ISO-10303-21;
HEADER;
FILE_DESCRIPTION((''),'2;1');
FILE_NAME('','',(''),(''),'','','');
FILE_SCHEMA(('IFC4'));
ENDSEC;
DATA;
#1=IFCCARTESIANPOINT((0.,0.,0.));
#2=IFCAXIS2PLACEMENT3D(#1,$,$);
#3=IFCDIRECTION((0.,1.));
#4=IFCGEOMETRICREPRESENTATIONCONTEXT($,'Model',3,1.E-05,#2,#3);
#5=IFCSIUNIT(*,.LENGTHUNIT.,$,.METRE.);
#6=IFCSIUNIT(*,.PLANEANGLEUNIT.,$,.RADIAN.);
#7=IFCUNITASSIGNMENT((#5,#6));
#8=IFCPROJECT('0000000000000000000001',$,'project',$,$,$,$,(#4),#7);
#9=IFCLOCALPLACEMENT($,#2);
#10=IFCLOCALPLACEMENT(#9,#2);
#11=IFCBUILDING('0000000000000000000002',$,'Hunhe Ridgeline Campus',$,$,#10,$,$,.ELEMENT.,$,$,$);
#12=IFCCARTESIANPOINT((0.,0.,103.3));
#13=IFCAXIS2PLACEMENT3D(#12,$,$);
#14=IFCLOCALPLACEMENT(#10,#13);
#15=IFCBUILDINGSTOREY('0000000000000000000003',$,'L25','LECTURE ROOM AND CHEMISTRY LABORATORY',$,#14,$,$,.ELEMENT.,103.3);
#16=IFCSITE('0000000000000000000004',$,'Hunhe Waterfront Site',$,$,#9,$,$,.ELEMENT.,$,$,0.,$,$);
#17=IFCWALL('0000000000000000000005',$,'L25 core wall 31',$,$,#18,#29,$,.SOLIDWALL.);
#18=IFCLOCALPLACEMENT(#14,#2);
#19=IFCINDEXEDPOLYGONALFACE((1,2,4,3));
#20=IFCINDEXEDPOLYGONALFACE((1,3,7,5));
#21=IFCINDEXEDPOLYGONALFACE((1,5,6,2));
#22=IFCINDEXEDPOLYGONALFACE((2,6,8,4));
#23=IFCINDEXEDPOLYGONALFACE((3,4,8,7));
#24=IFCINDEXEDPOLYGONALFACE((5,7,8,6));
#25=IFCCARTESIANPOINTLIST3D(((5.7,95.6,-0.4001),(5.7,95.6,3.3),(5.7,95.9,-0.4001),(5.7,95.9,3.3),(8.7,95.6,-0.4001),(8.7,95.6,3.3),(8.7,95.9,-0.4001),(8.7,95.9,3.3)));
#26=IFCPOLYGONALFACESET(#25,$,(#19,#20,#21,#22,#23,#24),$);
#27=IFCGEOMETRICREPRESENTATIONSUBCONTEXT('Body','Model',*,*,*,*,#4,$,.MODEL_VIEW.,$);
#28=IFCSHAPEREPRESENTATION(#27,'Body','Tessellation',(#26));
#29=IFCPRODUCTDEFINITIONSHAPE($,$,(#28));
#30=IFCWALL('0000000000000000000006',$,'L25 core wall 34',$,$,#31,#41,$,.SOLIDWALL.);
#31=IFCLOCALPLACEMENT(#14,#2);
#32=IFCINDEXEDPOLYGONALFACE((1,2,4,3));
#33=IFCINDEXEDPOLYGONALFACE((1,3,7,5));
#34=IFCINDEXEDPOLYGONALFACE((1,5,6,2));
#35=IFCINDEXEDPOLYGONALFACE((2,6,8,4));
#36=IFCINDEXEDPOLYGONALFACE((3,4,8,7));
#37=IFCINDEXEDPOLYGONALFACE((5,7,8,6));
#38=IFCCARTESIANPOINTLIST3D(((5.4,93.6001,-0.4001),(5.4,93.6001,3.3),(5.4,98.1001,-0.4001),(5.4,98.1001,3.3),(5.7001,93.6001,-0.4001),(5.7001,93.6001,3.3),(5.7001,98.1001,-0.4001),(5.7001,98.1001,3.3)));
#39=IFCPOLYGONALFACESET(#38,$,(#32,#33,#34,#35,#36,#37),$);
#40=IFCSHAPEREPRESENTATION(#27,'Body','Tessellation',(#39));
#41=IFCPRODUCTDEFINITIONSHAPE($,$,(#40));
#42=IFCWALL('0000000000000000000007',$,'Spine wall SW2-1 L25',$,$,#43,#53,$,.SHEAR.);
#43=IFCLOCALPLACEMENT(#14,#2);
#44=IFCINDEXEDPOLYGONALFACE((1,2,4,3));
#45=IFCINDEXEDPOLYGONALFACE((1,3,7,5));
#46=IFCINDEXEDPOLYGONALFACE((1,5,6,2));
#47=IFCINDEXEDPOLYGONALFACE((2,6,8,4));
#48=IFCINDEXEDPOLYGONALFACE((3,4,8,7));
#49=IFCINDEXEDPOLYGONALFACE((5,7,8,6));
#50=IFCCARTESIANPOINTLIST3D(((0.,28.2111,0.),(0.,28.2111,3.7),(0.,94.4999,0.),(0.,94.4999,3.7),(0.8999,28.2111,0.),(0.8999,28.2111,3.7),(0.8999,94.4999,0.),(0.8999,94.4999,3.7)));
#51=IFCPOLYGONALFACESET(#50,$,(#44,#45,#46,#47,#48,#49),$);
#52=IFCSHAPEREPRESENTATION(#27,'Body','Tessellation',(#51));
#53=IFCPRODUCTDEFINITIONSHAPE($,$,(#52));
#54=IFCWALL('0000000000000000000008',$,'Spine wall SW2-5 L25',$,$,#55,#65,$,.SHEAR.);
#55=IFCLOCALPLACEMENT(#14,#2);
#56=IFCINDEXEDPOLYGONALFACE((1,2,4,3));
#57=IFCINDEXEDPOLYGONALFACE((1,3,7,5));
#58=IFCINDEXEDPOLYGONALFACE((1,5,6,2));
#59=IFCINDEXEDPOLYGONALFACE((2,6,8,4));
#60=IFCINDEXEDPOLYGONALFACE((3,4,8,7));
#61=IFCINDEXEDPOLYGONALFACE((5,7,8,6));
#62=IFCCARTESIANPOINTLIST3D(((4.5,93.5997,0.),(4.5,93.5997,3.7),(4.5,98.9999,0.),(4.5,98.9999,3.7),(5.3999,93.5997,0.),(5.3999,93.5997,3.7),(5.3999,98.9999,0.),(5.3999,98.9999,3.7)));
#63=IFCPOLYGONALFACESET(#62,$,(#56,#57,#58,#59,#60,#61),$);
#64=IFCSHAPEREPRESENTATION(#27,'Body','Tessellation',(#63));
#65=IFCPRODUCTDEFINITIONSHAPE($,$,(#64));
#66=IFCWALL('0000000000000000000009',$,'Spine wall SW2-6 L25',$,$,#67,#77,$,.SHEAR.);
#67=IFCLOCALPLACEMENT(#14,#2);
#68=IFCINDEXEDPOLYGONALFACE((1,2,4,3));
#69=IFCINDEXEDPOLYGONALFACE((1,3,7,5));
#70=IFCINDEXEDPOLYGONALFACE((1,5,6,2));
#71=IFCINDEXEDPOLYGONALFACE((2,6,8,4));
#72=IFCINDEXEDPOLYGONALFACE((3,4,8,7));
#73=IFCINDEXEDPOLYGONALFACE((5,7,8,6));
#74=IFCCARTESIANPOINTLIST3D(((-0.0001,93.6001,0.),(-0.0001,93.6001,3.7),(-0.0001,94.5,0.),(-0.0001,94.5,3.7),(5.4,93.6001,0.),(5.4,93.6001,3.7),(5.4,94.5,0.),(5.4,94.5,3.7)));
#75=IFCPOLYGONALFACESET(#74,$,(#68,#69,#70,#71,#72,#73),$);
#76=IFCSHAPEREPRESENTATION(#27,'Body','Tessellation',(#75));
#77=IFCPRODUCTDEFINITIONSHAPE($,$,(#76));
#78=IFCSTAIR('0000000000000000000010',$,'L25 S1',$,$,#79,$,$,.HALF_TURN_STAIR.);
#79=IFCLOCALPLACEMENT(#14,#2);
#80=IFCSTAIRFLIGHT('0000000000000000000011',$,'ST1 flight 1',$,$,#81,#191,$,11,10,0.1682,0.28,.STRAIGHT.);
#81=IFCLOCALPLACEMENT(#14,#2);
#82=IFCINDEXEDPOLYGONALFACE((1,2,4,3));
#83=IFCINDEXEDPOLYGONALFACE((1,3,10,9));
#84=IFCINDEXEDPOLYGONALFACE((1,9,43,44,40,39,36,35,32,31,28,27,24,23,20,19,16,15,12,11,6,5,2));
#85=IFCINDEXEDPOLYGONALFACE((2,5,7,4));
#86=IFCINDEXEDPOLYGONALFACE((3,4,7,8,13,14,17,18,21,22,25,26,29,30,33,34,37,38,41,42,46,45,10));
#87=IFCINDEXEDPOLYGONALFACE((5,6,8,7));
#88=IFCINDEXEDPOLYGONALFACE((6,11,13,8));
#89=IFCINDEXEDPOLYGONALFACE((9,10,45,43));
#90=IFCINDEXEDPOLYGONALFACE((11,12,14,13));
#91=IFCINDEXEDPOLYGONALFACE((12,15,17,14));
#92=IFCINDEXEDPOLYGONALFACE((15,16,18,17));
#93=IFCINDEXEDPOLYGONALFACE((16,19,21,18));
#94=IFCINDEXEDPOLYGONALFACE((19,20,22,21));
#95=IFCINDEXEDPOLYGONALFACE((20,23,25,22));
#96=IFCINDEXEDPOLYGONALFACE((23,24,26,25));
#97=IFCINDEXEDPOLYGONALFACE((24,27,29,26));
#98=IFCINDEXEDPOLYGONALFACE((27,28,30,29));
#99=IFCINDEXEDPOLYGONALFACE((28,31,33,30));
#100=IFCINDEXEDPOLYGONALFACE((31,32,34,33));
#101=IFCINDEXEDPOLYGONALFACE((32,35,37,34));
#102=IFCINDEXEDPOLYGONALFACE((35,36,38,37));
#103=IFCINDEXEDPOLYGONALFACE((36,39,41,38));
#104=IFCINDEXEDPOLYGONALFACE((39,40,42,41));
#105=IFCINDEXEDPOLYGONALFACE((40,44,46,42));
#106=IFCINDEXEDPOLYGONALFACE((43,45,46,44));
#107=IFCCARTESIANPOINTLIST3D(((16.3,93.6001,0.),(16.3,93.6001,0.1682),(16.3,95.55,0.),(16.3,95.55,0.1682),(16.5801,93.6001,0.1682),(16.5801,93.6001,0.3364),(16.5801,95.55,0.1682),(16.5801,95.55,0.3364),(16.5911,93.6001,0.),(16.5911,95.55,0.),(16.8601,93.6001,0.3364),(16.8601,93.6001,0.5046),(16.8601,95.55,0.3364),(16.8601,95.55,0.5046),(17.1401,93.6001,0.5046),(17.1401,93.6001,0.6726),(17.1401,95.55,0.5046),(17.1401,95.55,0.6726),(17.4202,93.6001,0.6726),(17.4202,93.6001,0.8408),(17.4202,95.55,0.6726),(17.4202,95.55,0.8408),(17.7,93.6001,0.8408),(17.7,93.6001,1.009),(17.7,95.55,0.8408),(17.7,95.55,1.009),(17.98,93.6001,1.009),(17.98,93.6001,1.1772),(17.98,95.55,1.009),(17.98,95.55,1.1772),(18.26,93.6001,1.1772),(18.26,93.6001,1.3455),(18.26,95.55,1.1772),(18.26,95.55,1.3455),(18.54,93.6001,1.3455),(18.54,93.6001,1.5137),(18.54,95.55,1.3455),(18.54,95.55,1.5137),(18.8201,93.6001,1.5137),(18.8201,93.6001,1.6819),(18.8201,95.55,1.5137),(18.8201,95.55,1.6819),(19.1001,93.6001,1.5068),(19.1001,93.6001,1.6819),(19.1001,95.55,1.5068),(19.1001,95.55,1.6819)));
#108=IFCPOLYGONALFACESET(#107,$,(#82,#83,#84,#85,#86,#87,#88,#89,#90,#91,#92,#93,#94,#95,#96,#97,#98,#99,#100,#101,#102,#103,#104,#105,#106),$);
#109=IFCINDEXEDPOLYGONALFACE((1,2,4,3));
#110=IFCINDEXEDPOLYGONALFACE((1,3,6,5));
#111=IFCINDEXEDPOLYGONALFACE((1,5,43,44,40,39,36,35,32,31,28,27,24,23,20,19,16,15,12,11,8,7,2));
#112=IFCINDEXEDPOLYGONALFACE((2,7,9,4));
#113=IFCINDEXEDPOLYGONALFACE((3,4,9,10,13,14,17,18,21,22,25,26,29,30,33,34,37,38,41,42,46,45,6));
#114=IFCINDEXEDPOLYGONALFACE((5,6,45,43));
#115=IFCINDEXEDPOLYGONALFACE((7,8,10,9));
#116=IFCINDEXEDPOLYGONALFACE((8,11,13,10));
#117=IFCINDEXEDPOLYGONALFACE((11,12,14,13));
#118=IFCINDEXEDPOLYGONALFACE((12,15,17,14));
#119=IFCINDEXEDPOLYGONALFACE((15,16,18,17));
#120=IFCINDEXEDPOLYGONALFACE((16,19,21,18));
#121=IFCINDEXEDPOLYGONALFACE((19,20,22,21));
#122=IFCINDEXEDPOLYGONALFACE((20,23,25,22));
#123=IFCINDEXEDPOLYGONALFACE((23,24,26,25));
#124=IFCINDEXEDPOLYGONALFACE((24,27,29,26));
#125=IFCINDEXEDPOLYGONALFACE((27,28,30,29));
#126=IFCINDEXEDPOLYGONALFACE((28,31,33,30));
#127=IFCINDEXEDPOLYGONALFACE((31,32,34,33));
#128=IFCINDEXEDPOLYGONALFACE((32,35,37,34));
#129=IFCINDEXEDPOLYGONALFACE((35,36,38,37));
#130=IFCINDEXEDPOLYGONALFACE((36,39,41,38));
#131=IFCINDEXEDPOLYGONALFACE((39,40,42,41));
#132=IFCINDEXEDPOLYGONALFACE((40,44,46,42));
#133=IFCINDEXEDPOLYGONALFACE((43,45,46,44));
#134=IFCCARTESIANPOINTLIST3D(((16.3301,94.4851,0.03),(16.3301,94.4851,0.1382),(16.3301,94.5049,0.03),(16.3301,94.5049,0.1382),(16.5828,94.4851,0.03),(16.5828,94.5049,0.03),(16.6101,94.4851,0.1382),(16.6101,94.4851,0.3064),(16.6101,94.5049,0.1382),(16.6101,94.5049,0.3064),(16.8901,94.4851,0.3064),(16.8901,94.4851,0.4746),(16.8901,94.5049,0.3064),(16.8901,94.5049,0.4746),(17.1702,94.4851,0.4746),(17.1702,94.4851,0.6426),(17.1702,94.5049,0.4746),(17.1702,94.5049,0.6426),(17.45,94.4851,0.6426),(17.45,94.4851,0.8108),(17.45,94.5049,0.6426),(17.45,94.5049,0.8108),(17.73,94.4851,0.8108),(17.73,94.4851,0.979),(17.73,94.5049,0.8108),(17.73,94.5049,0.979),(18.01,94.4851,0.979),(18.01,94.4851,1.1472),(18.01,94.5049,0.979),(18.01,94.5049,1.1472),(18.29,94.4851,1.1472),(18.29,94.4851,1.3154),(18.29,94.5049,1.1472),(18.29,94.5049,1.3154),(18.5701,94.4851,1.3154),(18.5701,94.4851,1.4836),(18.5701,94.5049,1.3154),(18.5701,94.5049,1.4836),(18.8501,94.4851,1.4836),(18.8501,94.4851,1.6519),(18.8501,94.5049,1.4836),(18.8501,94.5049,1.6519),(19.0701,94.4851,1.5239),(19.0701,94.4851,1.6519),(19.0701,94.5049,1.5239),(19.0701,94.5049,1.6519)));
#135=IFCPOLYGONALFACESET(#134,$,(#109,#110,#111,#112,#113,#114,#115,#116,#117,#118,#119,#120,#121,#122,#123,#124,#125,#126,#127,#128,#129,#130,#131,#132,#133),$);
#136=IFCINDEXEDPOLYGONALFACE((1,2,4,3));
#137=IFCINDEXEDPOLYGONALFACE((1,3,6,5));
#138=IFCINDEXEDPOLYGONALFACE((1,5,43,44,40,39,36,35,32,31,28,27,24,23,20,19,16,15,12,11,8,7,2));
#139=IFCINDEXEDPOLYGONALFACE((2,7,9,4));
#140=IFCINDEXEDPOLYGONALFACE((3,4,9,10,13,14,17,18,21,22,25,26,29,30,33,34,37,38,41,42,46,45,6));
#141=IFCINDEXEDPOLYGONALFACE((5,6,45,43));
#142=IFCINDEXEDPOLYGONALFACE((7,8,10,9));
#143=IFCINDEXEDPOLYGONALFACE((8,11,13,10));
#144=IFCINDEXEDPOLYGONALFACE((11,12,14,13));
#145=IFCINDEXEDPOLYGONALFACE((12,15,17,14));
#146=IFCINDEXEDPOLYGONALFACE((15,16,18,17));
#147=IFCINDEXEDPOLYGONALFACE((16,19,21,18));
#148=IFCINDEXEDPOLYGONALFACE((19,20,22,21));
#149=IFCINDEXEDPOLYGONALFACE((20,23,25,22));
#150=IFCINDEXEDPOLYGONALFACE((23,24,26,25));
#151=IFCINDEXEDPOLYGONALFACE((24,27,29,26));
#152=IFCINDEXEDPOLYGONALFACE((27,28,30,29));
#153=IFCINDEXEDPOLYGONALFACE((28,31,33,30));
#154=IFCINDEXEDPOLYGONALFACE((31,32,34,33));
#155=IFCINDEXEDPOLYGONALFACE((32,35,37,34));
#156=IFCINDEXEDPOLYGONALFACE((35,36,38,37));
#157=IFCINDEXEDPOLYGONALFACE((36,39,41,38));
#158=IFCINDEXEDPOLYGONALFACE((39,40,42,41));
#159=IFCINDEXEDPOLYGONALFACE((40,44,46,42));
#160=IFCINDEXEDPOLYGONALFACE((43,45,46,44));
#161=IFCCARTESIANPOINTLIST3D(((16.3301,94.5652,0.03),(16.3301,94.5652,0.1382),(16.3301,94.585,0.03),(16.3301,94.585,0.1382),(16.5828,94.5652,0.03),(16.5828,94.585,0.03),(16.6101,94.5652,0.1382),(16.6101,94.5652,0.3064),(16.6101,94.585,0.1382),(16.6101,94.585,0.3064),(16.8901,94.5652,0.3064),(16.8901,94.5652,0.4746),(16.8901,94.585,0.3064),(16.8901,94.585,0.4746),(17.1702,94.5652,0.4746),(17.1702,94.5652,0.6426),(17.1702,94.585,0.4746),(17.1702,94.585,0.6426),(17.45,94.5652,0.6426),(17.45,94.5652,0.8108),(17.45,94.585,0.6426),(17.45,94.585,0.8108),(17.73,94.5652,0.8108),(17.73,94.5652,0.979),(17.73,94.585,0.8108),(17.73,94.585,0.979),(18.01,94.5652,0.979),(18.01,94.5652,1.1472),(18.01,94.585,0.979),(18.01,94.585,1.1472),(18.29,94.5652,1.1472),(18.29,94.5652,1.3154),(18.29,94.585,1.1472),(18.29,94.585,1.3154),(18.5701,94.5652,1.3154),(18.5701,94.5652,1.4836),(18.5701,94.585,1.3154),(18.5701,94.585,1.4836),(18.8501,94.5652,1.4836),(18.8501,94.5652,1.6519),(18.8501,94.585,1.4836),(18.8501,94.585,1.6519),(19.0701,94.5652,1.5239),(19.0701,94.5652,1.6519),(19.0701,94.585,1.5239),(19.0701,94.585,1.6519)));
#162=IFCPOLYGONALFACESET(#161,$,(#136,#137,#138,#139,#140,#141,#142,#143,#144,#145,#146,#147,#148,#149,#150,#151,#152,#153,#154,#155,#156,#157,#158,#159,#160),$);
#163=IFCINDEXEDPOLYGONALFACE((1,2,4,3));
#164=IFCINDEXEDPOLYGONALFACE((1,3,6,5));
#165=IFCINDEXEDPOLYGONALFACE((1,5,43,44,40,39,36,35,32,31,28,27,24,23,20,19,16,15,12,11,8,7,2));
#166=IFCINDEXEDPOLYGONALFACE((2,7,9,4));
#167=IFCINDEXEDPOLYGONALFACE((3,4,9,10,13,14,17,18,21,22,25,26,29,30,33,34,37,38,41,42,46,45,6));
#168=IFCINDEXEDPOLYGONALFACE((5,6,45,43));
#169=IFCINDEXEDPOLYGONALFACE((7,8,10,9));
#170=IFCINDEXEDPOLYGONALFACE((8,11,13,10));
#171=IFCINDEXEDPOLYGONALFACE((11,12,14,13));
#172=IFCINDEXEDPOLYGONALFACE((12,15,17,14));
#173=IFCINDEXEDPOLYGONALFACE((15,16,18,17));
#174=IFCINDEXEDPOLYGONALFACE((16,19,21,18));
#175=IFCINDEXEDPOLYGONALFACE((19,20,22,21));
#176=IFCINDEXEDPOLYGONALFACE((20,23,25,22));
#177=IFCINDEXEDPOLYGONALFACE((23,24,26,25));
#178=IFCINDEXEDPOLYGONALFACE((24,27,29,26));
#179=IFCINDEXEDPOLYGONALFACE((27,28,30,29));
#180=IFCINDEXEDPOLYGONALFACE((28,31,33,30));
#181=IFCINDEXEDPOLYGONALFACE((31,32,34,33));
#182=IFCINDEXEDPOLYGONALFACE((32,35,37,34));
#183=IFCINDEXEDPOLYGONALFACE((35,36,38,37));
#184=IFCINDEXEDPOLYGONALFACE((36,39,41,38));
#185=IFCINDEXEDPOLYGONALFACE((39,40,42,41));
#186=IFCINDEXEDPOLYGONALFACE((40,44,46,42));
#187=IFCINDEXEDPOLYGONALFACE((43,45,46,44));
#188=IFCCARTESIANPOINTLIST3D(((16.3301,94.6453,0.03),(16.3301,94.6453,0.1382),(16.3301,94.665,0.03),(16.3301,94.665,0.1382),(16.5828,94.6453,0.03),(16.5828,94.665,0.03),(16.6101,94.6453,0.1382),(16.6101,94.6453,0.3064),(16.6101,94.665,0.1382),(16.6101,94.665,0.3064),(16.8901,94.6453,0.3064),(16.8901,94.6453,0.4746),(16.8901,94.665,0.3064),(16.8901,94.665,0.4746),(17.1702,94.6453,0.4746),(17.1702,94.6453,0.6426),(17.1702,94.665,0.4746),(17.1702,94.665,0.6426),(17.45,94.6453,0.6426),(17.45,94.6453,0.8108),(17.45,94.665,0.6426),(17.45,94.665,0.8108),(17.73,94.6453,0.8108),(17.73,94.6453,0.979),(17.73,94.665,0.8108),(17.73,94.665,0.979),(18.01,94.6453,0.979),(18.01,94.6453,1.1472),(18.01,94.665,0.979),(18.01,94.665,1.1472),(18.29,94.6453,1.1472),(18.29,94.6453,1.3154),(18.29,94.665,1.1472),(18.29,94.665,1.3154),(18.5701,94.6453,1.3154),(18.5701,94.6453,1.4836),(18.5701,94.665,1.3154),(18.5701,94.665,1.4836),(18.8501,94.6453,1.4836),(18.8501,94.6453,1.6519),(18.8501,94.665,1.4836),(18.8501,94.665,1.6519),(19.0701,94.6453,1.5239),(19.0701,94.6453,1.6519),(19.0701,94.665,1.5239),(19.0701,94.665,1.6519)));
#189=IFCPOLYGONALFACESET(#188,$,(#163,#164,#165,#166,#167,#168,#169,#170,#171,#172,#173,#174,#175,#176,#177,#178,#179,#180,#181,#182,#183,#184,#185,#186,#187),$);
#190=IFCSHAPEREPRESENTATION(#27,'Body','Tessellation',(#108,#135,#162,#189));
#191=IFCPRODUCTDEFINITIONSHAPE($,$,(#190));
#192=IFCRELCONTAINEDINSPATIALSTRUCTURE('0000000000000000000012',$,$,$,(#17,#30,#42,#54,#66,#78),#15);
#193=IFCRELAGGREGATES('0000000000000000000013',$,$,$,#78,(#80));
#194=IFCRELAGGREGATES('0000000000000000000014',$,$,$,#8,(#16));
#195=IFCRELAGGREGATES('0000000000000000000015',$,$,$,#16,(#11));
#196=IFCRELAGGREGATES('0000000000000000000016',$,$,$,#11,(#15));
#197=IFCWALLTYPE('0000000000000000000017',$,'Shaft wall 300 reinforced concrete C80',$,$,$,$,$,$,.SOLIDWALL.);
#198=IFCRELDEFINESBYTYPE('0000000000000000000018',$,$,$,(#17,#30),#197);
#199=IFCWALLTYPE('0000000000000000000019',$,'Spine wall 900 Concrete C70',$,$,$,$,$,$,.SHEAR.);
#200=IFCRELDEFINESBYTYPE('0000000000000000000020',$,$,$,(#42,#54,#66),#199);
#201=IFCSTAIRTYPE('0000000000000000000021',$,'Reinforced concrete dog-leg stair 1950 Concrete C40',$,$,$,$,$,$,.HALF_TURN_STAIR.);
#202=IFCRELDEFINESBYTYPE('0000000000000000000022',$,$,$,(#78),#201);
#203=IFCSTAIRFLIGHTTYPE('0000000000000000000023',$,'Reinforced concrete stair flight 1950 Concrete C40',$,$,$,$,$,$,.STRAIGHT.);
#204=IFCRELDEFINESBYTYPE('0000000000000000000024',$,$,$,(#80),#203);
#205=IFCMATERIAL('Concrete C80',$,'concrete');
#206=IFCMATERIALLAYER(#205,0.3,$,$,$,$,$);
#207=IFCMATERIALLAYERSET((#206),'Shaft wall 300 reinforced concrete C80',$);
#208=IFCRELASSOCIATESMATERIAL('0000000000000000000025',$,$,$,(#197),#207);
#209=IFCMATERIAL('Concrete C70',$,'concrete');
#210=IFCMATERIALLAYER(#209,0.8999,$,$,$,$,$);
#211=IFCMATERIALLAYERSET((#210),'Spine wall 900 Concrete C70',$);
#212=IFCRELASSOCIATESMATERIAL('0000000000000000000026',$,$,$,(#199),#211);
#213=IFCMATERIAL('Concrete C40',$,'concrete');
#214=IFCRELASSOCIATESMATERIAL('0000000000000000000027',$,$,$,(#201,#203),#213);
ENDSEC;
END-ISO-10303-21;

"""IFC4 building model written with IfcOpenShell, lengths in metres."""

from ifc_helpers import new_model, si_unit, direction, frame, frame_2d, origin, place, context, subcontext, project, spatial, polyline, rectangle, outline, extrude, material, layer, layer_set, type_object, element, aggregate, save


model = new_model("IFC4")

# Units and contexts
model_context = context("Model", 3, precision=1e-05, world=origin(), true_north=direction((0.0, 1.0)))
body_context = subcontext(model_context, "Body", "Model", "MODEL_VIEW")
ifc_project = project(units=[si_unit("LENGTHUNIT", "METRE"), si_unit("PLANEANGLEUNIT", "RADIAN")], contexts=[model_context])

# Site, building, storey
site_placement = place(None, origin())
site = spatial("IfcSite", under=ifc_project, at=site_placement, Name="Hunhe Waterfront Site", CompositionType="ELEMENT", RefElevation=0.0)
building_placement = place(site_placement, origin())
building = spatial("IfcBuilding", under=site, at=building_placement, Name="Hunhe Ridgeline Campus", CompositionType="ELEMENT")
storey_placement = place(building_placement, frame((0.0, 0.0, 103.3)))
storey = spatial("IfcBuildingStorey", under=building, at=storey_placement, Name="L25", Description="LECTURE ROOM AND CHEMISTRY LABORATORY", CompositionType="ELEMENT", Elevation=103.3)

# Shared definitions
ifc_material_1 = material(Name="Concrete C80", Category="concrete")
ifc_layer_1 = layer(ifc_material_1, 0.3)
ifc_layer_set_1 = layer_set([ifc_layer_1], Name="Shaft wall 300 reinforced concrete C80")
wall_type_1 = type_object("IfcWallType", Name="Shaft wall 300 reinforced concrete C80", PredefinedType="SOLIDWALL", material=ifc_layer_set_1)

# Walls
wall_1_placement = place(storey_placement, frame((5.7, 95.75, -0.4001), z_axis=(0.0, 0.0, 1.0), x_axis=(1.0, 0.0, 0.0)))
element("IfcWall", 1, at=wall_1_placement, inside=storey, type_object=wall_type_1, Name="L25 core wall 31", PredefinedType="SOLIDWALL", context=body_context, shape_type="SweptSolid", body=[
    extrude(rectangle(XDim=3.0, YDim=0.3, at=frame_2d((1.5, 0.0))), origin(), (0.0, 0.0, 1.0), 3.7002),
])
wall_2_placement = place(storey_placement, frame((5.55, 93.6001, -0.4001), z_axis=(0.0, 0.0, 1.0), x_axis=(0.0, 1.0, 0.0)))
element("IfcWall", 2, at=wall_2_placement, inside=storey, type_object=wall_type_1, Name="L25 core wall 34", PredefinedType="SOLIDWALL", context=body_context, shape_type="SweptSolid", body=[
    extrude(rectangle(XDim=4.5, YDim=0.3, at=frame_2d((2.25, 0.0))), origin(), (0.0, 0.0, 1.0), 3.7002),
])

# Walls
ifc_material_2 = material(Name="Concrete C70", Category="concrete")
ifc_layer_2 = layer(ifc_material_2, 0.8999)
ifc_layer_set_2 = layer_set([ifc_layer_2], Name="Spine wall 900 Concrete C70")
wall_type_2 = type_object("IfcWallType", Name="Spine wall 900 Concrete C70", PredefinedType="SHEAR", material=ifc_layer_set_2)
wall_3_placement = place(storey_placement, frame((0.45, 94.5, 0.0), z_axis=(0.0, 0.0, 1.0), x_axis=(0.0, -1.0, 0.0)))
element("IfcWall", 3, at=wall_3_placement, inside=storey, type_object=wall_type_2, Name="Spine wall SW2-1 L25", PredefinedType="SHEAR", context=body_context, shape_type="SweptSolid", body=[
    extrude(rectangle(XDim=66.2888, YDim=0.8999, at=frame_2d((33.1445, 0.0))), origin(), (0.0, 0.0, 1.0), 3.7),
])
for number, where, z_axis, x_axis, name in (
    (4, (4.95, 99.0, 0.0), (0.0, 0.0, 1.0), (0.0, -1.0, 0.0), "Spine wall SW2-5 L25"),
    (5, (5.4001, 94.05, 0.0), (0.0, 0.0, 1.0), (-1.0, 0.0, 0.0), "Spine wall SW2-6 L25"),
):
    element("IfcWall", number, at=place(storey_placement, frame(where, z_axis=z_axis, x_axis=x_axis)), inside=storey, type_object=wall_type_2, Name=name, PredefinedType="SHEAR", context=body_context, shape_type="SweptSolid", body=[
        extrude(rectangle(XDim=5.4001, YDim=0.8999, at=frame_2d((2.7002, 0.0))), origin(), (0.0, 0.0, 1.0), 3.7),
    ])

# Stair, stair flight
ifc_material_3 = material(Name="Concrete C40", Category="concrete")
stair_type = type_object("IfcStairType", Name="Reinforced concrete dog-leg stair 1950 Concrete C40", PredefinedType="HALF_TURN_STAIR", material=ifc_material_3)
stair_placement = place(storey_placement, origin())
stair = element("IfcStair", 6, at=stair_placement, inside=storey, type_object=stair_type, Name="L25 S1", PredefinedType="HALF_TURN_STAIR")
stair_flight_type = type_object("IfcStairFlightType", Name="Reinforced concrete stair flight 1950 Concrete C40", PredefinedType="STRAIGHT", material=ifc_material_3)
stair_flight_1_placement = place(storey_placement, frame((16.3, 94.575, 0.0), z_axis=(0.0, 0.0, 1.0), x_axis=(1.0, 0.0, 0.0)))
stair_flight_1 = element("IfcStairFlight", 7, at=stair_flight_1_placement, type_object=stair_flight_type, Name="ST1 flight 1", NumberOfRisers=11, NumberOfTreads=10, PredefinedType="STRAIGHT", RiserHeight=0.1682, TreadLength=0.28, context=body_context, shape_type="SweptSolid", body=[
    extrude(outline(polyline([(0.0, 0.0), (0.0, 0.1682), (0.28, 0.1682), (0.28, 0.3364), (0.5601, 0.3364), (0.5601, 0.5046), (0.8401, 0.5046), (0.8401, 0.6726), (1.1201, 0.6726), (1.1201, 0.8408), (1.3999, 0.8408), (1.3999, 1.009), (1.6799, 1.009), (1.6799, 1.1772), (1.96, 1.1772), (1.96, 1.3455), (2.24, 1.3455), (2.24, 1.5137), (2.52, 1.5137), (2.52, 1.6819), (2.8, 1.6819), (2.8, 1.8501), (2.8, 1.5068), (0.291, 0.0), (0.0, 0.0)])), frame((0.0, 0.9751, 0.0), z_axis=(0.0, -1.0, 0.0), x_axis=(1.0, 0.0, 0.0)), (0.0, 0.0, 1.0), 1.95),
    extrude(outline(polyline([(0.03, 0.03), (0.03, 0.1382), (0.3101, 0.1382), (0.3101, 0.3064), (0.5901, 0.3064), (0.5901, 0.4746), (0.8701, 0.4746), (0.8701, 0.6426), (1.1499, 0.6426), (1.1499, 0.8108), (1.4299, 0.8108), (1.4299, 0.979), (1.71, 0.979), (1.71, 1.1472), (1.99, 1.1472), (1.99, 1.3154), (2.27, 1.3154), (2.27, 1.4836), (2.55, 1.4836), (2.55, 1.6519), (2.77, 1.6519), (2.77, 1.5239), (0.2827, 0.03), (0.03, 0.03)])), frame((0.0, -0.0701, 0.0), z_axis=(0.0, -1.0, 0.0), x_axis=(1.0, 0.0, 0.0)), (0.0, 0.0, 1.0), 0.0198),
    extrude(outline(polyline([(0.03, 0.03), (0.03, 0.1382), (0.3101, 0.1382), (0.3101, 0.3064), (0.5901, 0.3064), (0.5901, 0.4746), (0.8701, 0.4746), (0.8701, 0.6426), (1.1499, 0.6426), (1.1499, 0.8108), (1.4299, 0.8108), (1.4299, 0.979), (1.71, 0.979), (1.71, 1.1472), (1.99, 1.1472), (1.99, 1.3154), (2.27, 1.3154), (2.27, 1.4836), (2.55, 1.4836), (2.55, 1.6519), (2.77, 1.6519), (2.77, 1.5239), (0.2827, 0.03), (0.03, 0.03)])), frame((0.0, 0.01, 0.0), z_axis=(0.0, -1.0, 0.0), x_axis=(1.0, 0.0, 0.0)), (0.0, 0.0, 1.0), 0.0198),
    extrude(outline(polyline([(0.03, 0.03), (0.03, 0.1382), (0.3101, 0.1382), (0.3101, 0.3064), (0.5901, 0.3064), (0.5901, 0.4746), (0.8701, 0.4746), (0.8701, 0.6426), (1.1499, 0.6426), (1.1499, 0.8108), (1.4299, 0.8108), (1.4299, 0.979), (1.71, 0.979), (1.71, 1.1472), (1.99, 1.1472), (1.99, 1.3154), (2.27, 1.3154), (2.27, 1.4836), (2.55, 1.4836), (2.55, 1.6519), (2.77, 1.6519), (2.77, 1.5239), (0.2827, 0.03), (0.03, 0.03)])), frame((0.0, 0.0901, 0.0), z_axis=(0.0, -1.0, 0.0), x_axis=(1.0, 0.0, 0.0)), (0.0, 0.0, 1.0), 0.0198),
])
aggregate(stair, [stair_flight_1])

save(model, "model.ifc")
